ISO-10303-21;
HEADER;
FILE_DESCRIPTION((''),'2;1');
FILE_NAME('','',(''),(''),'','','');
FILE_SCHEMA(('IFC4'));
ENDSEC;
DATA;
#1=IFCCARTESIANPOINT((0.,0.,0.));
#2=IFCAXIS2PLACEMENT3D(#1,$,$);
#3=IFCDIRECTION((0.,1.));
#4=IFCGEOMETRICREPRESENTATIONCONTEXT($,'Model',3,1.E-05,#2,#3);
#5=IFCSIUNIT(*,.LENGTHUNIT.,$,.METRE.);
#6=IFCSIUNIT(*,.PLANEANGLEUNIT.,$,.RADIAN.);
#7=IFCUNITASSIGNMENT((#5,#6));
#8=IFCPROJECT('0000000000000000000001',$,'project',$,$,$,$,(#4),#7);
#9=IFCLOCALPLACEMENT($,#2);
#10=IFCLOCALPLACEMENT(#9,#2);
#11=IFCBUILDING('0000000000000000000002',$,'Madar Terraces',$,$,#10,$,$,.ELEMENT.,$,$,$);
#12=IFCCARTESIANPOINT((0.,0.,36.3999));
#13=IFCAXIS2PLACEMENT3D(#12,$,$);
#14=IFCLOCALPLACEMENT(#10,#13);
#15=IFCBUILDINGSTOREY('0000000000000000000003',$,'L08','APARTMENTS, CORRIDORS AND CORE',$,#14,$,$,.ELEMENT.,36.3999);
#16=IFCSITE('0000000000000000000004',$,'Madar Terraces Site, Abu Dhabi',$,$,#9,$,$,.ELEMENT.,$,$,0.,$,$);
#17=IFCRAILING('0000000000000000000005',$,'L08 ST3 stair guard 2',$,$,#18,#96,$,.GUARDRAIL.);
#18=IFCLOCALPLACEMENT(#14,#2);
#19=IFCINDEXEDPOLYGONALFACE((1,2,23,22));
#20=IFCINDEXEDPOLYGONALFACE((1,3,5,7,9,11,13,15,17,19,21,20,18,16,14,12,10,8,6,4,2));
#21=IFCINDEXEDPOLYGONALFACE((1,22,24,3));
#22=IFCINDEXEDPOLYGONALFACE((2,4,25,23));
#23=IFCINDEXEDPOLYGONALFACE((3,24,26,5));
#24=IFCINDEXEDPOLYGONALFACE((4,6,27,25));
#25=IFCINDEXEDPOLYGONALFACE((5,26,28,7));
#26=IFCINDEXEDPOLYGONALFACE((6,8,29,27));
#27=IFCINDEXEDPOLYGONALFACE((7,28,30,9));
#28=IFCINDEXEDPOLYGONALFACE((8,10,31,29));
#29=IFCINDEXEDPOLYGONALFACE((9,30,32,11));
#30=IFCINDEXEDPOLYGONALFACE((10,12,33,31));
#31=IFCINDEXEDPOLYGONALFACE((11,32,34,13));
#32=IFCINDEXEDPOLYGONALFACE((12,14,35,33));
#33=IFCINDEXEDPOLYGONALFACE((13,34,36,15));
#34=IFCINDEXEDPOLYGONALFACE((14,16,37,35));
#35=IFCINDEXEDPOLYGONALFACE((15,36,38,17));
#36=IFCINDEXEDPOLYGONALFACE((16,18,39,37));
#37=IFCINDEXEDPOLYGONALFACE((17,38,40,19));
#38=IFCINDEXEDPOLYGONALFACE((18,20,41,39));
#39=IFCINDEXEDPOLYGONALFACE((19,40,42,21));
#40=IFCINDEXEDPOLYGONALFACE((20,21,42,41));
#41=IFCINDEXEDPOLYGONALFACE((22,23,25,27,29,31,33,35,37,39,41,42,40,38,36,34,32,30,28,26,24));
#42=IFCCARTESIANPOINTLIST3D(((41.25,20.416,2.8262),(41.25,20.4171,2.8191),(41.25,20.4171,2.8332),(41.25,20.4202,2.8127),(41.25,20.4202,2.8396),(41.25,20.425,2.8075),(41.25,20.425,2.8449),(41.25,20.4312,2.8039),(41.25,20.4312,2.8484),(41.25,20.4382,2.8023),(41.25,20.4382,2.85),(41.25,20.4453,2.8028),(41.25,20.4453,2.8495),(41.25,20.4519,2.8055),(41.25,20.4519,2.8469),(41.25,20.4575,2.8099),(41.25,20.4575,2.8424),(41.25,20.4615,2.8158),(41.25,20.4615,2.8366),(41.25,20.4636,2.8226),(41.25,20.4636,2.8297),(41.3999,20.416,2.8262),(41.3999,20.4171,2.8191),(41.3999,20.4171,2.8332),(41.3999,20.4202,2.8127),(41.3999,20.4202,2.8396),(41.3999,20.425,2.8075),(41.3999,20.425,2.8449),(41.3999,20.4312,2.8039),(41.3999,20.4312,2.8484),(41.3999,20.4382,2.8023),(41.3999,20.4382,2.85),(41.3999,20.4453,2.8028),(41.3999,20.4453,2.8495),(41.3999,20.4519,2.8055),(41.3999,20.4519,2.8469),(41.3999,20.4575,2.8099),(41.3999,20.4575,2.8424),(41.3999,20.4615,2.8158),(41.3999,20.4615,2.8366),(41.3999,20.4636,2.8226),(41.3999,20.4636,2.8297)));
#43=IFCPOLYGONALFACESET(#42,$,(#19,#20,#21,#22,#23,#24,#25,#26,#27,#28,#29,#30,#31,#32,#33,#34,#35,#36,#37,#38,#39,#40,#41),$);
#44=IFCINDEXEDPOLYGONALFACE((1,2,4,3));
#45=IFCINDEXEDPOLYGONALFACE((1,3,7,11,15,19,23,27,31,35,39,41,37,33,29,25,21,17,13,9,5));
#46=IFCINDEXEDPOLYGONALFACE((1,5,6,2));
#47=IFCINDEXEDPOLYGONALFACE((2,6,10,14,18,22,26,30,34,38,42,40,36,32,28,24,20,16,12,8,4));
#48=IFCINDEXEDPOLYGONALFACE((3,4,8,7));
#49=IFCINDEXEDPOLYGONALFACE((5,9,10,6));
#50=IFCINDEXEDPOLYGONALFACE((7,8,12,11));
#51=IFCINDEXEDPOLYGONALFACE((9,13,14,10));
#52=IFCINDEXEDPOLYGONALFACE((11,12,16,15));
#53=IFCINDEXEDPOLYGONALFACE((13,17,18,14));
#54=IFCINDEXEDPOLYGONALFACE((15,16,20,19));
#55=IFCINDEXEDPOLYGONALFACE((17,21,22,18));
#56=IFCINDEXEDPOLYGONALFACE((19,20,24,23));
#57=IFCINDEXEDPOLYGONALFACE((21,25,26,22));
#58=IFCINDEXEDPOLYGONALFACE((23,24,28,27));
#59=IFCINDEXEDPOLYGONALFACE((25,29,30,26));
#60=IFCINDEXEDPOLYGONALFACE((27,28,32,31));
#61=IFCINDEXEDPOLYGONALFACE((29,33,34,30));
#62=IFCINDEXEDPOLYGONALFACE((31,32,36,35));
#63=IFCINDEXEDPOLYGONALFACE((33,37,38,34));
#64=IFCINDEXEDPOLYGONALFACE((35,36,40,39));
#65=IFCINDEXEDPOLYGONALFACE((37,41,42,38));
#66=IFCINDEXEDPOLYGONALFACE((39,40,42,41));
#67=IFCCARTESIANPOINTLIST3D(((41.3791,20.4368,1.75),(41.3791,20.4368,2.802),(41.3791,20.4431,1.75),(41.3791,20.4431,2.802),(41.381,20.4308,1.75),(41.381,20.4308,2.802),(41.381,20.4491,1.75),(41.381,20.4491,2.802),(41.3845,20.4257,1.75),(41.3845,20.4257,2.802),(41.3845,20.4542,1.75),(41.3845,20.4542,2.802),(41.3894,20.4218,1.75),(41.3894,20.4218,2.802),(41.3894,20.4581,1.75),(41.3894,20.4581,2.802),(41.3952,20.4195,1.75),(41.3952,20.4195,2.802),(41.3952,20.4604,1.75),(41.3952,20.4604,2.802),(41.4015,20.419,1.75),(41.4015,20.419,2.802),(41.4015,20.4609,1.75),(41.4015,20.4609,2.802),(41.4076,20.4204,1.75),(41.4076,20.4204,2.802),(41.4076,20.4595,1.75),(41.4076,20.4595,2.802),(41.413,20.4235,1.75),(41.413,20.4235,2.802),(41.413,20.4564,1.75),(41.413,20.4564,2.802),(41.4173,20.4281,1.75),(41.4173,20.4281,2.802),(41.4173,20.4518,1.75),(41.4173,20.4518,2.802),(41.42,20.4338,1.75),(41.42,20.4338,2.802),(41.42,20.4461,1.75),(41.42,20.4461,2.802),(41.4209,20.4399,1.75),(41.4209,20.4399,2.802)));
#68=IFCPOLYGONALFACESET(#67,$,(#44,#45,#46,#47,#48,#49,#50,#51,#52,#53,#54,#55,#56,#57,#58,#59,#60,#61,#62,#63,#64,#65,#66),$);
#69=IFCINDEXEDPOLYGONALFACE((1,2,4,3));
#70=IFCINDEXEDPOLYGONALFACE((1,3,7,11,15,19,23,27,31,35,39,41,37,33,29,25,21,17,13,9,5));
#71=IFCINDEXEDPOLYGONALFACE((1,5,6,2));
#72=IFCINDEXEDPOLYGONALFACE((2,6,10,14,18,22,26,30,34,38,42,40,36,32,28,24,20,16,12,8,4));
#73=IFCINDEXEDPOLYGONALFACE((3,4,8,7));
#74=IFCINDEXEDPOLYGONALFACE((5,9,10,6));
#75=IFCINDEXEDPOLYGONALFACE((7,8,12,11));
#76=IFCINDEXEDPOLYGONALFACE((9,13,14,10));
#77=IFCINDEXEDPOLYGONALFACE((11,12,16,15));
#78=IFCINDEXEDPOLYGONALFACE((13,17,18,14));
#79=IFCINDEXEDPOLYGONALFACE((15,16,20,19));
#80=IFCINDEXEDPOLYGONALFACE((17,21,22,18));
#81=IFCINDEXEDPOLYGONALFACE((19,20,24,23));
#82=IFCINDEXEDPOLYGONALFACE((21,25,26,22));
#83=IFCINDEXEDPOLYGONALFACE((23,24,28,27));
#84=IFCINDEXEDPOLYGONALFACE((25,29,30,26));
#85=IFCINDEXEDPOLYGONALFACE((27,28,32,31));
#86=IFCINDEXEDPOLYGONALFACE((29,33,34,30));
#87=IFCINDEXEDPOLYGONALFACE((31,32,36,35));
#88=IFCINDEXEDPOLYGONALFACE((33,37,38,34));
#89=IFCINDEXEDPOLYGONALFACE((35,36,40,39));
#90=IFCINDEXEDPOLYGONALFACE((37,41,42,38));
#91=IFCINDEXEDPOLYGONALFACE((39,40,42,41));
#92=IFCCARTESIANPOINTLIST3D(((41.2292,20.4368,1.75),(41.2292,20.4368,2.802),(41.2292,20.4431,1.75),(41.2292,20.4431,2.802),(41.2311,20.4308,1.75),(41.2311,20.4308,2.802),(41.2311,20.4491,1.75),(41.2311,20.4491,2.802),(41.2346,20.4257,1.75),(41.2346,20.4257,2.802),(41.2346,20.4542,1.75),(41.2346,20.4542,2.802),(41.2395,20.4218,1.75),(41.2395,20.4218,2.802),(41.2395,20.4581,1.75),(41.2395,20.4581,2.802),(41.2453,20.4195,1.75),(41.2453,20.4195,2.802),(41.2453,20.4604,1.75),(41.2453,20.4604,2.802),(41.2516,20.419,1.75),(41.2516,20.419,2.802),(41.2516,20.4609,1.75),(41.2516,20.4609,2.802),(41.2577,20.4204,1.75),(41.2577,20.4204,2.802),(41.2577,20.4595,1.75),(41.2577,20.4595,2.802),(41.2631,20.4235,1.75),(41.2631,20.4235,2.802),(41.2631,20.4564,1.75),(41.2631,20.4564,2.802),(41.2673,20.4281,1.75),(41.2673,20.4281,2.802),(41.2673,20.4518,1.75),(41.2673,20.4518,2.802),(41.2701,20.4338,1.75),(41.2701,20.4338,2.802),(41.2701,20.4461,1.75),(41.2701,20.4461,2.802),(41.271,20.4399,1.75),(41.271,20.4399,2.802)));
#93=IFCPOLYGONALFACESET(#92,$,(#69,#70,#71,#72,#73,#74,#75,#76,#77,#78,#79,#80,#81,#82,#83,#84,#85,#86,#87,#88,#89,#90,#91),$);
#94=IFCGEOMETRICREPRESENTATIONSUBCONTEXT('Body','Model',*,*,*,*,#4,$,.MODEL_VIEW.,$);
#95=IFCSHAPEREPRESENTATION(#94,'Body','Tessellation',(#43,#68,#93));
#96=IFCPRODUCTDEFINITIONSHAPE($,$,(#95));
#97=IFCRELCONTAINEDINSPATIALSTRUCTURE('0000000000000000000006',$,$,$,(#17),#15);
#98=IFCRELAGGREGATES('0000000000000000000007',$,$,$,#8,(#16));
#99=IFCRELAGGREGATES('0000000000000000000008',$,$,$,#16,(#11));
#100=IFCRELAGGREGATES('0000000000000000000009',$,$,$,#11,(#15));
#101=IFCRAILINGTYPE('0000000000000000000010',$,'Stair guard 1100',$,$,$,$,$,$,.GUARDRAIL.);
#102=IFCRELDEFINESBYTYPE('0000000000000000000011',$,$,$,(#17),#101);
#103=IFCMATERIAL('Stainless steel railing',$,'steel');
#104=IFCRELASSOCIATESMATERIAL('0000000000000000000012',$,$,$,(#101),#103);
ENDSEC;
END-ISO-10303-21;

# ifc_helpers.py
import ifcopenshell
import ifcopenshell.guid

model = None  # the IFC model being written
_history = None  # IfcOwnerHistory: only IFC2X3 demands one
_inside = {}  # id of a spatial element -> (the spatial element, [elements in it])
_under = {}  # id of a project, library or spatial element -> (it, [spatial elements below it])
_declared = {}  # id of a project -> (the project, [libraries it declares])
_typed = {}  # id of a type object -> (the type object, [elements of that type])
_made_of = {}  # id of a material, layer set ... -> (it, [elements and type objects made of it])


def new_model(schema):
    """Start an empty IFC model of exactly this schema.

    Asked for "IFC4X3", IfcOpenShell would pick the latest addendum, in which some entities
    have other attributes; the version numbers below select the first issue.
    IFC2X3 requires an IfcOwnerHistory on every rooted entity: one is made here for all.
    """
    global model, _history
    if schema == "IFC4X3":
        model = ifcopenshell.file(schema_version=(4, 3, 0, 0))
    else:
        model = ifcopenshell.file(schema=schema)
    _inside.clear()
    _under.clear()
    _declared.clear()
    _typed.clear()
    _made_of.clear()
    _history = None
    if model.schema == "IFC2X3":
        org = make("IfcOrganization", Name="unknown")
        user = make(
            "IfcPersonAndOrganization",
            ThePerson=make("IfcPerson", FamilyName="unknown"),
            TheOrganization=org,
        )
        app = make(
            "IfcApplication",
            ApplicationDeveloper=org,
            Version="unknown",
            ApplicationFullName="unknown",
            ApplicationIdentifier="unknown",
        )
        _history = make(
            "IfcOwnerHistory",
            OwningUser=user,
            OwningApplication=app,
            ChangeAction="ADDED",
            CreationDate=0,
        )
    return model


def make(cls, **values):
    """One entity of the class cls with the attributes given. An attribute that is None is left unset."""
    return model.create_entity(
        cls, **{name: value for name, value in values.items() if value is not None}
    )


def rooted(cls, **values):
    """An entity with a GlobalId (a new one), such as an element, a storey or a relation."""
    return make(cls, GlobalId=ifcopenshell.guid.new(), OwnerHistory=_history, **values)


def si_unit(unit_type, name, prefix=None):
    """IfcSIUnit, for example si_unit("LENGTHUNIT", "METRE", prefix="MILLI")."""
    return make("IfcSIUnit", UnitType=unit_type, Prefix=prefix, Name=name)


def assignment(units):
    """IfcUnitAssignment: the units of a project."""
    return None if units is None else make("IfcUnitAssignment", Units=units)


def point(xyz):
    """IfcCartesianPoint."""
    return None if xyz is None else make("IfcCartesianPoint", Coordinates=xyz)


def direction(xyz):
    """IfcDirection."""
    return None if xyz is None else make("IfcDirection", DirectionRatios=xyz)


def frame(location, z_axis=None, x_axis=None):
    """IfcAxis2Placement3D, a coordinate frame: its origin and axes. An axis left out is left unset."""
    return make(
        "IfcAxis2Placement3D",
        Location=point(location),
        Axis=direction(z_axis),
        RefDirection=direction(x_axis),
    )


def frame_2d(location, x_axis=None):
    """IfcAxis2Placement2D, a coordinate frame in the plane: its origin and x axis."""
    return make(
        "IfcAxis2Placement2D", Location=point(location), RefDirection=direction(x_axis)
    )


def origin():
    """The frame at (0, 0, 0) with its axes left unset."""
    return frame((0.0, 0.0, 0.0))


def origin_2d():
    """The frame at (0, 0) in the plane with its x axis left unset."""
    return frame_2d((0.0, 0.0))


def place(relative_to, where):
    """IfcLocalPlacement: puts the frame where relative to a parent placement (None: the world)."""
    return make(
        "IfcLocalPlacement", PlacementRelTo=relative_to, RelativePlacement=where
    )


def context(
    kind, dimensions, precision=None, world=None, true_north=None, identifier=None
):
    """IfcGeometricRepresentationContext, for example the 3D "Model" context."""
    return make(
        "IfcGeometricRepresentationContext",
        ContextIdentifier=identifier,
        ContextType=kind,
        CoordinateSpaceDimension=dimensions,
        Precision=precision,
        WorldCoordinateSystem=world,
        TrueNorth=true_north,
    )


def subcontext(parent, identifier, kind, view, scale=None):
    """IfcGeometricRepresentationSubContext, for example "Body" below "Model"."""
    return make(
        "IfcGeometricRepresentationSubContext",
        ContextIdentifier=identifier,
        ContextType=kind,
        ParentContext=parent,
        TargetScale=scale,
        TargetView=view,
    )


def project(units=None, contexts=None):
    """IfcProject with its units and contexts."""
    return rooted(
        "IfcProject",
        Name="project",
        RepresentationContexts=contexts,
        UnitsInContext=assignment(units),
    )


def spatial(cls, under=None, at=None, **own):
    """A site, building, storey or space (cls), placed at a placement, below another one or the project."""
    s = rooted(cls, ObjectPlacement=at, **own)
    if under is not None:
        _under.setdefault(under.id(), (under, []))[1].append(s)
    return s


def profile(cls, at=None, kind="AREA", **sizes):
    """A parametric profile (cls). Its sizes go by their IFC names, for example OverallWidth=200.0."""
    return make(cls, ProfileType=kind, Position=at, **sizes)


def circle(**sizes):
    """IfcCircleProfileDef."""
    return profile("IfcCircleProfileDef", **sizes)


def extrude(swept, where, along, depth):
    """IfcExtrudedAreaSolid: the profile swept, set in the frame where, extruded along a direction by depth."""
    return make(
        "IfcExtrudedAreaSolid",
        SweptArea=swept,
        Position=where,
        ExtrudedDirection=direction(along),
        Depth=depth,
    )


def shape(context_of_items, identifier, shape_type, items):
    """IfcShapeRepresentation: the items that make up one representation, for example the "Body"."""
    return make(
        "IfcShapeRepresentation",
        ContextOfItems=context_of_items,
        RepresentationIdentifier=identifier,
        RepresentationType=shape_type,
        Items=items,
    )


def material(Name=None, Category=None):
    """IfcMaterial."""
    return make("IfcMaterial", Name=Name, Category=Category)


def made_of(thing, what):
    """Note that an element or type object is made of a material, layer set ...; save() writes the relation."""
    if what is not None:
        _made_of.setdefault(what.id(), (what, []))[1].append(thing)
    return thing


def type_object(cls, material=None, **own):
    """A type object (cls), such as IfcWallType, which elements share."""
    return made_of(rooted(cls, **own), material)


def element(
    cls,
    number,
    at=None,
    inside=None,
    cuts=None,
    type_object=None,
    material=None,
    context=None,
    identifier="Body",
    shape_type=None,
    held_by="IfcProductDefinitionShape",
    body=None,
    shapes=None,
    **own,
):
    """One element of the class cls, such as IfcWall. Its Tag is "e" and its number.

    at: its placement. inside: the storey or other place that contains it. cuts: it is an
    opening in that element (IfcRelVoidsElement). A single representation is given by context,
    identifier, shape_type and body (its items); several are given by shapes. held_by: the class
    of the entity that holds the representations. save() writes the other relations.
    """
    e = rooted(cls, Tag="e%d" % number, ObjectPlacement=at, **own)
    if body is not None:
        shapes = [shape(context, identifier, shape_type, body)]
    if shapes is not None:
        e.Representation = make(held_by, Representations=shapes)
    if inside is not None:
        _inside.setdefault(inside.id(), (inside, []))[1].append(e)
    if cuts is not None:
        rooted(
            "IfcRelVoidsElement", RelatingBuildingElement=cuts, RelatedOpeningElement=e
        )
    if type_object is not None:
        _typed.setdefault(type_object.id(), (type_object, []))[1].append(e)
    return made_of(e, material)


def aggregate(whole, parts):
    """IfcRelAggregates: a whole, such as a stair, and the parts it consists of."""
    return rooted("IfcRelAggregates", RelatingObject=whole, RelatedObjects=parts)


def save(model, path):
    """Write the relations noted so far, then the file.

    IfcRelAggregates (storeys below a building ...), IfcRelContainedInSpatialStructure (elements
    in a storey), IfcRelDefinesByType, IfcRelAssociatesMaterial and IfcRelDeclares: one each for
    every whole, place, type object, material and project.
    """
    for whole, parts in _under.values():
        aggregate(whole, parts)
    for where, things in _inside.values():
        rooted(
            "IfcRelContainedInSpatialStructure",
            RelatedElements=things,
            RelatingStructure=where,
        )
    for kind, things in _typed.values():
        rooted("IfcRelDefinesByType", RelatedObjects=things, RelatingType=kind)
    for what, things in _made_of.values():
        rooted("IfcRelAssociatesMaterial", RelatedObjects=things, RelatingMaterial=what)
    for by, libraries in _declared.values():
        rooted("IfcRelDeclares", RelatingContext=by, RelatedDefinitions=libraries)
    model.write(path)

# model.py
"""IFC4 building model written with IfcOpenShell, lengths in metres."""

from ifc_helpers import new_model, si_unit, direction, frame, origin, origin_2d, place, context, subcontext, project, spatial, circle, extrude, material, type_object, element, save


model = new_model("IFC4")

# Units and contexts
model_context = context("Model", 3, precision=1e-05, world=origin(), true_north=direction((0.0, 1.0)))
body_context = subcontext(model_context, "Body", "Model", "MODEL_VIEW")
ifc_project = project(units=[si_unit("LENGTHUNIT", "METRE"), si_unit("PLANEANGLEUNIT", "RADIAN")], contexts=[model_context])

# Site, building, storey
site_placement = place(None, origin())
site = spatial("IfcSite", under=ifc_project, at=site_placement, Name="Madar Terraces Site, Abu Dhabi", CompositionType="ELEMENT", RefElevation=0.0)
building_placement = place(site_placement, origin())
building = spatial("IfcBuilding", under=site, at=building_placement, Name="Madar Terraces", CompositionType="ELEMENT")
storey_placement = place(building_placement, frame((0.0, 0.0, 36.3999)))
storey = spatial("IfcBuildingStorey", under=building, at=storey_placement, Name="L08", Description="APARTMENTS, CORRIDORS AND CORE", CompositionType="ELEMENT", Elevation=36.3999)

# Railing
ifc_material_1 = material(Name="Stainless steel railing", Category="steel")
railing_type_1 = type_object("IfcRailingType", Name="Stair guard 1100", PredefinedType="GUARDRAIL", material=ifc_material_1)
railing_1_placement = place(storey_placement, frame((41.3999, 20.4399, 1.75)))
element("IfcRailing", 1, at=railing_1_placement, inside=storey, type_object=railing_type_1, Name="L08 ST3 stair guard 2", PredefinedType="GUARDRAIL", context=body_context, shape_type="SweptSolid", body=[
    extrude(circle(Radius=0.0239, at=origin_2d()), frame((0.0, 0.0, 1.0762), z_axis=(-1.0, 0.0, 0.0), x_axis=(0.0, -1.0, 0.0)), (0.0, 0.0, 1.0), 0.1499),
    extrude(circle(Radius=0.021, at=origin_2d()), origin(), (0.0, 0.0, 1.0), 1.052),
    extrude(circle(Radius=0.021, at=origin_2d()), frame((-0.1499, 0.0, 0.0)), (0.0, 0.0, 1.0), 1.052),
])

save(model, "model.ifc")
